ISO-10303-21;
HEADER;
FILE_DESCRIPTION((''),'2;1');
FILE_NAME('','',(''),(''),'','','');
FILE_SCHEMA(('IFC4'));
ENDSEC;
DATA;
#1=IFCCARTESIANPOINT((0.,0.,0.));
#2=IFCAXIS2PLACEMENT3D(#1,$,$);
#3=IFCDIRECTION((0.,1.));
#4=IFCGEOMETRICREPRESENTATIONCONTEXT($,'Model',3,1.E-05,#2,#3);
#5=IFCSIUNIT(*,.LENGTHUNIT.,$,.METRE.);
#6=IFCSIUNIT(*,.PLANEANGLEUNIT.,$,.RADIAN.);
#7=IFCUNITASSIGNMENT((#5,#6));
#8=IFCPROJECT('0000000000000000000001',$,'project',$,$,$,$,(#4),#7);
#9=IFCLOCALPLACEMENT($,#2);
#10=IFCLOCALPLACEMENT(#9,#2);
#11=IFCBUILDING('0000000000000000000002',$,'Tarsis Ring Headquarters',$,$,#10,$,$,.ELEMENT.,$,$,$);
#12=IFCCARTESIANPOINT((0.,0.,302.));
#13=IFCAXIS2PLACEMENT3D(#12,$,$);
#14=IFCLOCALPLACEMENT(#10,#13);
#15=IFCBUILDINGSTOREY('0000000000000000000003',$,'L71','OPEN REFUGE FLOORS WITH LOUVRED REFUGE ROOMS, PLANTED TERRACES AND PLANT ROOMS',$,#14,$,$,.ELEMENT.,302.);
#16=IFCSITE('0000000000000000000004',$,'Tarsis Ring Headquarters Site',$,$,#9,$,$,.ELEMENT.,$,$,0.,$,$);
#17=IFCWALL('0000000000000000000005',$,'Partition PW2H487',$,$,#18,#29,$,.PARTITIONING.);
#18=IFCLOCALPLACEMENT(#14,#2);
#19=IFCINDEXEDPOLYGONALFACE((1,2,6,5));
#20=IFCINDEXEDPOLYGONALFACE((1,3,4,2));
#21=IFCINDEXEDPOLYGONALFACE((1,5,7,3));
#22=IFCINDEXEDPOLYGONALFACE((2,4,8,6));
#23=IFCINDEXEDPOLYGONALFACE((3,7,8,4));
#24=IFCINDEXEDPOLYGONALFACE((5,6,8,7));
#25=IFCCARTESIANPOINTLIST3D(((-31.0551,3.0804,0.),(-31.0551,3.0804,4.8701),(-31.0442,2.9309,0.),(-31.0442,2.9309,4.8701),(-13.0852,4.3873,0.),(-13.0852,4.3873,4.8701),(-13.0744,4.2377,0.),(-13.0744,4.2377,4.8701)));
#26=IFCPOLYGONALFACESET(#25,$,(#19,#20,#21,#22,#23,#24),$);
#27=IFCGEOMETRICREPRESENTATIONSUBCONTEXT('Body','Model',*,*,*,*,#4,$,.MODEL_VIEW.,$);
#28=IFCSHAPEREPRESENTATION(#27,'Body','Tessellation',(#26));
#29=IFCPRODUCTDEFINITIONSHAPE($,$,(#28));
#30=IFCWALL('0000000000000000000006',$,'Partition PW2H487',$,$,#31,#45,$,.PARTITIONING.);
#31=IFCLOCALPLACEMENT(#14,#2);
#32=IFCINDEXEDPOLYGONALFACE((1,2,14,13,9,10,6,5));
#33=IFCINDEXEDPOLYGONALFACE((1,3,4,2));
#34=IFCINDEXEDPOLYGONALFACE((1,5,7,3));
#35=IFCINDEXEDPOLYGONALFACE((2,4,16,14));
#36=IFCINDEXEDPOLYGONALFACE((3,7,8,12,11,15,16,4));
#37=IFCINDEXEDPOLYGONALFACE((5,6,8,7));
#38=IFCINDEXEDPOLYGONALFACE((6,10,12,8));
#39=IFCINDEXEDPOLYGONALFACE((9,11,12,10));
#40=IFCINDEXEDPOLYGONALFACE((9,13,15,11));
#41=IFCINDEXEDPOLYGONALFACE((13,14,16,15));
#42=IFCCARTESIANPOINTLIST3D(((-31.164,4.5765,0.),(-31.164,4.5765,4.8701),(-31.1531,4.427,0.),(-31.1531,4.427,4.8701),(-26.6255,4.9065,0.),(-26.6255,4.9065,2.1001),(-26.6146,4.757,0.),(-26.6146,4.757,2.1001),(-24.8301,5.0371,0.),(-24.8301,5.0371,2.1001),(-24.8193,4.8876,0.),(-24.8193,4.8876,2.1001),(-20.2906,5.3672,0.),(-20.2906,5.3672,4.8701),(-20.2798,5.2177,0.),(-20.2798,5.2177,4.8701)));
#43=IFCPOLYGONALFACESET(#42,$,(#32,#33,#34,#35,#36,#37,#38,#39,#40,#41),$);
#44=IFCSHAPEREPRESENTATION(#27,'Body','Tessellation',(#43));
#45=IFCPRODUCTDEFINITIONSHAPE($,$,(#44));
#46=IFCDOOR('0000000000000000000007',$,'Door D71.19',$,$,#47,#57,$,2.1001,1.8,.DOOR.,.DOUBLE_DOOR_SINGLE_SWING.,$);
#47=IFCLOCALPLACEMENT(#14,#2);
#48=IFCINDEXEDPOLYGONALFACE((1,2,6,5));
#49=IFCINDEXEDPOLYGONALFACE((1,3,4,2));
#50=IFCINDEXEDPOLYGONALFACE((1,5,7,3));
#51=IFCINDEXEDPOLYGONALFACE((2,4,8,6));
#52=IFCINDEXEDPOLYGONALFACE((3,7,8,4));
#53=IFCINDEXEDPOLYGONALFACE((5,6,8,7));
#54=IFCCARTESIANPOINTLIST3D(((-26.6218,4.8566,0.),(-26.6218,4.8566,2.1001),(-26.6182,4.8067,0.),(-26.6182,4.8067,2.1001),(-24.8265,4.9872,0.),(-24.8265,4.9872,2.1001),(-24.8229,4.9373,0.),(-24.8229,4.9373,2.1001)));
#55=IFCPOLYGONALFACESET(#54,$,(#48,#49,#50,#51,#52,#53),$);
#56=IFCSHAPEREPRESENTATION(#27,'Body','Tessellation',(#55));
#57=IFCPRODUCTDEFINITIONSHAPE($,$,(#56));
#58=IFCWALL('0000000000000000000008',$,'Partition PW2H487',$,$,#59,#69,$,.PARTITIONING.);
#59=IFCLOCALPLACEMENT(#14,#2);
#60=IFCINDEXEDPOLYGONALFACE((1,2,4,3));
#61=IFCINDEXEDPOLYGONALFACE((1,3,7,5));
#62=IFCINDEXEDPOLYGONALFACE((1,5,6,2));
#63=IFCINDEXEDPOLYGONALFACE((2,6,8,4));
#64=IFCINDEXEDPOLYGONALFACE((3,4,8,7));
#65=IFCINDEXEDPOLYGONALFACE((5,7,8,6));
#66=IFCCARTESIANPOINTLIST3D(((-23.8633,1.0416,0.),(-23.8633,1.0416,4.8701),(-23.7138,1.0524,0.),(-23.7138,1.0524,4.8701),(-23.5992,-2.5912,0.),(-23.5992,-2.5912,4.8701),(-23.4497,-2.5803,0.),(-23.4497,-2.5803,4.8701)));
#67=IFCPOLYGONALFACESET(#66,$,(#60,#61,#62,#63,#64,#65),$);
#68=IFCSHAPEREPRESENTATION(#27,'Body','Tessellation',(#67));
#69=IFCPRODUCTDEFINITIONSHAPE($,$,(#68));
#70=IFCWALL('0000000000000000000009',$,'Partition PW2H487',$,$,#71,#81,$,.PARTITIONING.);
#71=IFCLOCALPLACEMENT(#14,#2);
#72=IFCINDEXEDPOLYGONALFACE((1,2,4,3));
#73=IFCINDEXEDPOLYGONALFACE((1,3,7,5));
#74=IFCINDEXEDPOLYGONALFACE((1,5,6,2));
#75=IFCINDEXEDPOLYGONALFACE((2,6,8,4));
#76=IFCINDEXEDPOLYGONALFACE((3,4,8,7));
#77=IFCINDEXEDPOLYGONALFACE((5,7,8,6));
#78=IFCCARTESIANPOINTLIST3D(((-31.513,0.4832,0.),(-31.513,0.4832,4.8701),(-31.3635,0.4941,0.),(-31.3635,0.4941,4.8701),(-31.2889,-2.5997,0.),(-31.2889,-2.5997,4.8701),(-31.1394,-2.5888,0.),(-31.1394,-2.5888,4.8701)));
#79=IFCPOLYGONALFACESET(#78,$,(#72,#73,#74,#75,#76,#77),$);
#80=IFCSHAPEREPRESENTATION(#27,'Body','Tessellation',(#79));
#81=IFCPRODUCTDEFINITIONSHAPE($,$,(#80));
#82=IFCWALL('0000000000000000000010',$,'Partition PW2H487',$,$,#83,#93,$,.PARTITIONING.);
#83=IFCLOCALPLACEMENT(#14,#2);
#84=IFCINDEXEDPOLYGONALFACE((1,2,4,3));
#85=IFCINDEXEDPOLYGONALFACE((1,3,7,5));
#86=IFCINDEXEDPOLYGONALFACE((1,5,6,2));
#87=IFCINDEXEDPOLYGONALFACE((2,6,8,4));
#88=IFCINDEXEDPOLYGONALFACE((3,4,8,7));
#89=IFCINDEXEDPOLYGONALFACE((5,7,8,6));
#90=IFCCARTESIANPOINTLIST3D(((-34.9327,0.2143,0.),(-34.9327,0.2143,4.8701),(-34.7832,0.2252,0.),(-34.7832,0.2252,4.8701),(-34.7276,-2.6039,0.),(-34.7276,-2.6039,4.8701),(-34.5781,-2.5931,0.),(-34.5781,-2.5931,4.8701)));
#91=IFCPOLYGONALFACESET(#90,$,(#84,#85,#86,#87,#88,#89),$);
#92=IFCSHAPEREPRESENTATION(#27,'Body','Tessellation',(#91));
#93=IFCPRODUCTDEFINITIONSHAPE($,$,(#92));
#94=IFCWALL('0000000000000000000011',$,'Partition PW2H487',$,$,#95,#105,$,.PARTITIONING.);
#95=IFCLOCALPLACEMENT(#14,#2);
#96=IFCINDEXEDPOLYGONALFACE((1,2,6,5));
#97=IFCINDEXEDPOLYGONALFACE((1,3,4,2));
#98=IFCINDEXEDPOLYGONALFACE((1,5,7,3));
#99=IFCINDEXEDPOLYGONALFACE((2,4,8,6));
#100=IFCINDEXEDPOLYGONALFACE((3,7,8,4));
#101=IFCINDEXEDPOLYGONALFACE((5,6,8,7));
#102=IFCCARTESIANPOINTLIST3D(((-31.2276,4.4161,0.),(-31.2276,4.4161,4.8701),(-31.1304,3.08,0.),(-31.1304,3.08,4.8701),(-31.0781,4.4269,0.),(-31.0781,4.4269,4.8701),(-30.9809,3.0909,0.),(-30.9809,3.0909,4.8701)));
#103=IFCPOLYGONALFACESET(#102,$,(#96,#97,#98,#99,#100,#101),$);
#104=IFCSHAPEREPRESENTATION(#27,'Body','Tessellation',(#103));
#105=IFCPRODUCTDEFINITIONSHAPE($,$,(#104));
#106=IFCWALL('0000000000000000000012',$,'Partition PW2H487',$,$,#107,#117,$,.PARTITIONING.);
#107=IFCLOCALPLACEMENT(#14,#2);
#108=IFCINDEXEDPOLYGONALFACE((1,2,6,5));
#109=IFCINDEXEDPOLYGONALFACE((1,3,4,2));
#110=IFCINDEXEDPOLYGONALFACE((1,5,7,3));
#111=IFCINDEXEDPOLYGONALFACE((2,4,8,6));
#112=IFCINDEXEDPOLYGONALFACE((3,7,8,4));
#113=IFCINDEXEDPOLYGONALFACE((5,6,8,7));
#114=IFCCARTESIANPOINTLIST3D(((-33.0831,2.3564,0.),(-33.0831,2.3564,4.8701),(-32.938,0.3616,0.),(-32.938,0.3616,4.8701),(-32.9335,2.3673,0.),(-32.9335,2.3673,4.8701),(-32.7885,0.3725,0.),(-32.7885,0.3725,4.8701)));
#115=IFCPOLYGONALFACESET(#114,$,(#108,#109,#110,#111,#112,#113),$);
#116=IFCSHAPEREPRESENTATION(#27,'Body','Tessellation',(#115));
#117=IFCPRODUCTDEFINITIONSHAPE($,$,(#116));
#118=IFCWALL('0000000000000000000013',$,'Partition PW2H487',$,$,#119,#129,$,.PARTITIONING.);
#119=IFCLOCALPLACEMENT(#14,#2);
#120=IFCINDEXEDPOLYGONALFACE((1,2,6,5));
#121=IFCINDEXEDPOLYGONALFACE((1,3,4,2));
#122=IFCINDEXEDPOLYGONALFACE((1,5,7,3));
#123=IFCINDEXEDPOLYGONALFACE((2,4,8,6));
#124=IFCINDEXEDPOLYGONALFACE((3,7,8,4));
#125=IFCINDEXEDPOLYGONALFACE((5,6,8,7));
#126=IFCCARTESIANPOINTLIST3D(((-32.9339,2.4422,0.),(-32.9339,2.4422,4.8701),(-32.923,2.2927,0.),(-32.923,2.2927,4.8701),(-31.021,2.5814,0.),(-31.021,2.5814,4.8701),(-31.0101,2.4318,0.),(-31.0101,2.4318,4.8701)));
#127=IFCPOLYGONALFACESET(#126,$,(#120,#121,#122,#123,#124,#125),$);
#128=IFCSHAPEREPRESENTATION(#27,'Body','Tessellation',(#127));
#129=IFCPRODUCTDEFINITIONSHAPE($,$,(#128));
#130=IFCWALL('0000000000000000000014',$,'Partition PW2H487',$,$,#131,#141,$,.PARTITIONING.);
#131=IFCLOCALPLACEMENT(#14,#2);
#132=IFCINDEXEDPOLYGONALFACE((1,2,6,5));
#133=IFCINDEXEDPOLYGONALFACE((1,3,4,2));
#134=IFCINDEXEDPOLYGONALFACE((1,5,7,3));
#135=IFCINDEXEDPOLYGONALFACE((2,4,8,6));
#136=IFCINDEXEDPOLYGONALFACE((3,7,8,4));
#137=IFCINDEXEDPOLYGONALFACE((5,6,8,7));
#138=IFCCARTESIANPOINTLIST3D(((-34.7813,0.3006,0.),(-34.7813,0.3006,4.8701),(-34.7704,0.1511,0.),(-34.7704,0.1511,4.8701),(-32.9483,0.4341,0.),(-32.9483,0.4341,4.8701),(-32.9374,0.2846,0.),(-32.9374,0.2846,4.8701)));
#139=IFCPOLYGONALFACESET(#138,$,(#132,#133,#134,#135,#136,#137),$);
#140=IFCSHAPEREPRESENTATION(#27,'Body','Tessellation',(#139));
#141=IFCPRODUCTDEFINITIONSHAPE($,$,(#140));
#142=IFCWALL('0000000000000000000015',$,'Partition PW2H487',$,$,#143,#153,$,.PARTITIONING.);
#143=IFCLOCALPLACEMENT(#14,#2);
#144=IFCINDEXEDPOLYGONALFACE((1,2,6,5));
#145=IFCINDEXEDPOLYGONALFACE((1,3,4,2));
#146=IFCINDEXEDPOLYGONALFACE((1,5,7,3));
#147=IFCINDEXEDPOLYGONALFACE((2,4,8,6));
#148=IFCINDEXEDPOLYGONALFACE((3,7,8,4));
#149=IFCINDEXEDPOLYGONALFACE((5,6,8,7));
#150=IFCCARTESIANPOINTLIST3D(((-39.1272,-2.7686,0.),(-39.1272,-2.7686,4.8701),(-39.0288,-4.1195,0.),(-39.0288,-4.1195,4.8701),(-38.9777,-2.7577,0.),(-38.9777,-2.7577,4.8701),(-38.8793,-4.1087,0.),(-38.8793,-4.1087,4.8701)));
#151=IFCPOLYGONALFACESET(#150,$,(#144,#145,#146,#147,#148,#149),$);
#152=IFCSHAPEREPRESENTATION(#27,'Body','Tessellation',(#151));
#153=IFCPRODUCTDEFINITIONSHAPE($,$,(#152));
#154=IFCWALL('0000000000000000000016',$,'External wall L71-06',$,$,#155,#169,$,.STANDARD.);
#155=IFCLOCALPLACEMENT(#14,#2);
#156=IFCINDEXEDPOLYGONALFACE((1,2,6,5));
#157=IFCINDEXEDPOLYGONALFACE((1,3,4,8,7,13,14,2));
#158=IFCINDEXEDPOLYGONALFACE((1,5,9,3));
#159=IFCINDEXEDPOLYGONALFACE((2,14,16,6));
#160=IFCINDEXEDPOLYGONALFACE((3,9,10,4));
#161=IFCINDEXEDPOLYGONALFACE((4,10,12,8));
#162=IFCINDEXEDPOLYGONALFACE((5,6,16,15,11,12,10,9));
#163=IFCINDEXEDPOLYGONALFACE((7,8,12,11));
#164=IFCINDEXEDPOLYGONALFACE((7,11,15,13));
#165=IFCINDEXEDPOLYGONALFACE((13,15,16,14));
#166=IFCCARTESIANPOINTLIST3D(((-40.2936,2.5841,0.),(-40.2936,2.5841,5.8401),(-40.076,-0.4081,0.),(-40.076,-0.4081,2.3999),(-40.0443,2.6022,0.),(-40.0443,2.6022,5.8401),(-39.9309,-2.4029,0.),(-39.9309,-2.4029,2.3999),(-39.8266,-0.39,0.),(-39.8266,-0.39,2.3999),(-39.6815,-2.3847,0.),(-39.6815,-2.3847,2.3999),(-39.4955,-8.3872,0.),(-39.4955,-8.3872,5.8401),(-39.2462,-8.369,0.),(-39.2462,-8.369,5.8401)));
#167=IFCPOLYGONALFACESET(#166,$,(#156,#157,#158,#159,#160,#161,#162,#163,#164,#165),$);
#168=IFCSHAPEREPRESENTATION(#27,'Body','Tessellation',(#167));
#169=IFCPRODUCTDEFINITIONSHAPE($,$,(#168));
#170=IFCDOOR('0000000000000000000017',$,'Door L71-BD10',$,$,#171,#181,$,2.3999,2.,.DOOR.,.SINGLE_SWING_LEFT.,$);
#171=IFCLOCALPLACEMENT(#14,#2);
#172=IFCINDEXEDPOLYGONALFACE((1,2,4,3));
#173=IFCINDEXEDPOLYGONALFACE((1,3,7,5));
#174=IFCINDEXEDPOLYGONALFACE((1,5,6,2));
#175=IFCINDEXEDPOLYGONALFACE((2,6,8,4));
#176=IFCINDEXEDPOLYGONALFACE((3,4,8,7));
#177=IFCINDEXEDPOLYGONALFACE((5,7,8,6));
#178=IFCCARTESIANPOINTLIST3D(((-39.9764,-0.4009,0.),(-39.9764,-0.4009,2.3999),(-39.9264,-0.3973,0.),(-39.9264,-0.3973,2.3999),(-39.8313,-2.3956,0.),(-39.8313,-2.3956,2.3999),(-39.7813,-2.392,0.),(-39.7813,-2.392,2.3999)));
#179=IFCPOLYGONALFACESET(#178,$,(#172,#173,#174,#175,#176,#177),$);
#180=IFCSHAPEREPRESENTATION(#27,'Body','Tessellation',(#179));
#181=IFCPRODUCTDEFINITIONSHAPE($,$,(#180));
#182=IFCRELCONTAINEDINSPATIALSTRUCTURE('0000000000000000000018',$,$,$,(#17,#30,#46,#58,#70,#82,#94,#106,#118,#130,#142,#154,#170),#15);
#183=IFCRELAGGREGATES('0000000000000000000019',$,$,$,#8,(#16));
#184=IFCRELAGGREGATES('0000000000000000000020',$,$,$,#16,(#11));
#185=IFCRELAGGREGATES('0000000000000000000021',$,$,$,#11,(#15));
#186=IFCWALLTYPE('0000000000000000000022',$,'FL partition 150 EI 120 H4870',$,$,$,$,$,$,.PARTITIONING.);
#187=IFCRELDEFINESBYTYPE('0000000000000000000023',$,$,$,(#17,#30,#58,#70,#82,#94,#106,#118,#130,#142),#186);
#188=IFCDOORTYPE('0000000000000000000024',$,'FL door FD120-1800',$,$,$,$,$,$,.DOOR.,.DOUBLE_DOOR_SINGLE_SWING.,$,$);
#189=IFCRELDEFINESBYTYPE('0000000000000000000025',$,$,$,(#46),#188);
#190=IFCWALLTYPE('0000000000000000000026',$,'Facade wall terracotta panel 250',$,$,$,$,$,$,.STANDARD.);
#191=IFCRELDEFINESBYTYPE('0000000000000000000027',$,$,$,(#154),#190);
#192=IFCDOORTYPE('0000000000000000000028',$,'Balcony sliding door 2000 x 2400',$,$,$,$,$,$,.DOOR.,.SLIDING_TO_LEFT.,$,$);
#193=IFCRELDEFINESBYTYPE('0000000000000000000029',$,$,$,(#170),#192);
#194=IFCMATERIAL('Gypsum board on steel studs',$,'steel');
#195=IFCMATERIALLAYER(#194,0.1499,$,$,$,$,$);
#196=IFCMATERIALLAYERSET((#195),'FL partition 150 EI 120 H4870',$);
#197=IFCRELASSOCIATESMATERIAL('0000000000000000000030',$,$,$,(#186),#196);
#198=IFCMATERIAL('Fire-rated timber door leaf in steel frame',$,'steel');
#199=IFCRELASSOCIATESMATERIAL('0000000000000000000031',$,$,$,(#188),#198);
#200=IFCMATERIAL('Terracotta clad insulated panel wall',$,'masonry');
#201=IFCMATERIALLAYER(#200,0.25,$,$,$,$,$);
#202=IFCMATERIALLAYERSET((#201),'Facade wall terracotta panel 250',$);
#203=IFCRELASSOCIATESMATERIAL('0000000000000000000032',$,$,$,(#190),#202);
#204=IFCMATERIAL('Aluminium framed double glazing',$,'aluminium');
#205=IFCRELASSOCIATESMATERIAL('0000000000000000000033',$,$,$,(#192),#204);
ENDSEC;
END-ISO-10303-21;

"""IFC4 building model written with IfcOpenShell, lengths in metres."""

from ifc_helpers import new_model, si_unit, direction, frame, frame_2d, origin, place, context, subcontext, project, spatial, rectangle, extrude, material, layer, layer_set, type_object, element, fill, save


model = new_model("IFC4")

# Units and contexts
model_context = context("Model", 3, precision=1e-05, world=origin(), true_north=direction((0.0, 1.0)))
body_context = subcontext(model_context, "Body", "Model", "MODEL_VIEW")
ifc_project = project(units=[si_unit("LENGTHUNIT", "METRE"), si_unit("PLANEANGLEUNIT", "RADIAN")], contexts=[model_context])

# Site, building, storey
site_placement = place(None, origin())
site = spatial("IfcSite", under=ifc_project, at=site_placement, Name="Tarsis Ring Headquarters Site", CompositionType="ELEMENT", RefElevation=0.0)
building_placement = place(site_placement, origin())
building = spatial("IfcBuilding", under=site, at=building_placement, Name="Tarsis Ring Headquarters", CompositionType="ELEMENT")
storey_placement = place(building_placement, frame((0.0, 0.0, 302.0)))
storey = spatial("IfcBuildingStorey", under=building, at=storey_placement, Name="L71", Description="OPEN REFUGE FLOORS WITH LOUVRED REFUGE ROOMS, PLANTED TERRACES AND PLANT ROOMS", CompositionType="ELEMENT", Elevation=302.0)

# Wall
ifc_material_1 = material(Name="Gypsum board on steel studs", Category="steel")
ifc_layer_1 = layer(ifc_material_1, 0.1499)
ifc_layer_set_1 = layer_set([ifc_layer_1], Name="FL partition 150 EI 120 H4870")
wall_type_1 = type_object("IfcWallType", Name="FL partition 150 EI 120 H4870", PredefinedType="PARTITIONING", material=ifc_layer_set_1)
wall_1_placement = place(storey_placement, frame((-31.0498, 3.0056, 0.0), z_axis=(0.0, 0.0, 1.0), x_axis=(0.997366, 0.072534, 0.0)))
element("IfcWall", 1, at=wall_1_placement, inside=storey, type_object=wall_type_1, Name="Partition PW2H487", PredefinedType="PARTITIONING", context=body_context, shape_type="SweptSolid", body=[
    extrude(rectangle(XDim=18.0173, YDim=0.1499, at=frame_2d((9.0088, 0.0))), origin(), (0.0, 0.0, 1.0), 4.8701),
])

# Wall, opening, door
wall_2_placement = place(storey_placement, frame((-31.1587, 4.5017, 0.0), z_axis=(0.0, 0.0, 1.0), x_axis=(0.997366, 0.072534, 0.0)))
wall_2 = element("IfcWall", 2, at=wall_2_placement, inside=storey, type_object=wall_type_1, Name="Partition PW2H487", PredefinedType="PARTITIONING", context=body_context, shape_type="SweptSolid", body=[
    extrude(rectangle(XDim=10.9021, YDim=0.1499, at=frame_2d((5.4512, 0.0))), origin(), (0.0, 0.0, 1.0), 4.8701),
])
opening_1_placement = place(wall_2_placement, frame((4.5508, 0.0, 0.0)))
opening_1 = element("IfcOpeningElement", 3, at=opening_1_placement, cuts=wall_2, PredefinedType="OPENING", context=body_context, shape_type="SweptSolid", body=[
    extrude(rectangle(XDim=1.8, YDim=2.1001, at=frame_2d((0.8999, 1.05))), frame((0.0, 0.085, 0.0), z_axis=(0.0, -1.0, 0.0), x_axis=(1.0, 0.0, 0.0)), (0.0, 0.0, 1.0), 0.1699),
])
ifc_material_2 = material(Name="Fire-rated timber door leaf in steel frame", Category="steel")
door_type_1 = type_object("IfcDoorType", Name="FL door FD120-1800", OperationType="DOUBLE_DOOR_SINGLE_SWING", PredefinedType="DOOR", material=ifc_material_2)
door_1_placement = place(opening_1_placement, origin())
door_1 = element("IfcDoor", 4, at=door_1_placement, inside=storey, type_object=door_type_1, Name="Door D71.19", OperationType="DOUBLE_DOOR_SINGLE_SWING", OverallHeight=2.1001, OverallWidth=1.8, PredefinedType="DOOR", context=body_context, shape_type="SweptSolid", body=[
    extrude(rectangle(XDim=1.8, YDim=2.1001, at=frame_2d((0.8999, 1.05))), frame((0.0, 0.0249, 0.0), z_axis=(0.0, -1.0, 0.0), x_axis=(1.0, 0.0, 0.0)), (0.0, 0.0, 1.0), 0.05),
])
fill(opening_1, door_1)

# Walls
wall_3_placement = place(storey_placement, frame((-23.7886, 1.0471, 0.0), z_axis=(0.0, 0.0, 1.0), x_axis=(0.072524, -0.997367, 0.0)))
element("IfcWall", 5, at=wall_3_placement, inside=storey, type_object=wall_type_1, Name="Partition PW2H487", PredefinedType="PARTITIONING", context=body_context, shape_type="SweptSolid", body=[
    extrude(rectangle(XDim=3.6423, YDim=0.1499, at=frame_2d((1.8213, 0.0))), origin(), (0.0, 0.0, 1.0), 4.8701),
])
wall_4_placement = place(storey_placement, frame((-31.4382, 0.4885, 0.0), z_axis=(0.0, 0.0, 1.0), x_axis=(0.072504, -0.997368, 0.0)))
element("IfcWall", 6, at=wall_4_placement, inside=storey, type_object=wall_type_1, Name="Partition PW2H487", PredefinedType="PARTITIONING", context=body_context, shape_type="SweptSolid", body=[
    extrude(rectangle(XDim=3.0911, YDim=0.1499, at=frame_2d((1.5454, 0.0))), origin(), (0.0, 0.0, 1.0), 4.8701),
])
wall_5_placement = place(storey_placement, frame((-34.8579, 0.2197, 0.0), z_axis=(0.0, 0.0, 1.0), x_axis=(0.072579, -0.997363, 0.0)))
element("IfcWall", 7, at=wall_5_placement, inside=storey, type_object=wall_type_1, Name="Partition PW2H487", PredefinedType="PARTITIONING", context=body_context, shape_type="SweptSolid", body=[
    extrude(rectangle(XDim=2.8257, YDim=0.1499, at=frame_2d((1.4128, 0.0))), origin(), (0.0, 0.0, 1.0), 4.8701),
])
wall_6_placement = place(storey_placement, frame((-31.1528, 4.4216, 0.0), z_axis=(0.0, 0.0, 1.0), x_axis=(0.072529, -0.997366, 0.0)))
element("IfcWall", 8, at=wall_6_placement, inside=storey, type_object=wall_type_1, Name="Partition PW2H487", PredefinedType="PARTITIONING", context=body_context, shape_type="SweptSolid", body=[
    extrude(rectangle(XDim=1.3396, YDim=0.1499, at=frame_2d((0.6699, 0.0))), origin(), (0.0, 0.0, 1.0), 4.8701),
])
wall_7_placement = place(storey_placement, frame((-33.0083, 2.3618, 0.0), z_axis=(0.0, 0.0, 1.0), x_axis=(0.072514, -0.997367, 0.0)))
element("IfcWall", 9, at=wall_7_placement, inside=storey, type_object=wall_type_1, Name="Partition PW2H487", PredefinedType="PARTITIONING", context=body_context, shape_type="SweptSolid", body=[
    extrude(rectangle(XDim=2.0, YDim=0.1499, at=frame_2d((1.0, 0.0))), origin(), (0.0, 0.0, 1.0), 4.8701),
])
wall_8_placement = place(storey_placement, frame((-32.9285, 2.3674, 0.0), z_axis=(0.0, 0.0, 1.0), x_axis=(0.997364, 0.072559, 0.0)))
element("IfcWall", 10, at=wall_8_placement, inside=storey, type_object=wall_type_1, Name="Partition PW2H487", PredefinedType="PARTITIONING", context=body_context, shape_type="SweptSolid", body=[
    extrude(rectangle(XDim=1.918, YDim=0.1499, at=frame_2d((0.959, 0.0))), origin(), (0.0, 0.0, 1.0), 4.8701),
])
wall_9_placement = place(storey_placement, frame((-34.7759, 0.2258, 0.0), z_axis=(0.0, 0.0, 1.0), x_axis=(0.997357, 0.072663, 0.0)))
element("IfcWall", 11, at=wall_9_placement, inside=storey, type_object=wall_type_1, Name="Partition PW2H487", PredefinedType="PARTITIONING", context=body_context, shape_type="SweptSolid", body=[
    extrude(rectangle(XDim=1.8379, YDim=0.1499, at=frame_2d((0.9189, 0.0))), origin(), (0.0, 0.0, 1.0), 4.8701),
])
wall_10_placement = place(storey_placement, frame((-39.0525, -2.7632, 0.0), z_axis=(0.0, 0.0, 1.0), x_axis=(0.072643, -0.997358, 0.0)))
element("IfcWall", 12, at=wall_10_placement, inside=storey, type_object=wall_type_1, Name="Partition PW2H487", PredefinedType="PARTITIONING", context=body_context, shape_type="SweptSolid", body=[
    extrude(rectangle(XDim=1.3545, YDim=0.1499, at=frame_2d((0.6772, 0.0))), origin(), (0.0, 0.0, 1.0), 4.8701),
])

# Wall, opening, door
ifc_material_3 = material(Name="Terracotta clad insulated panel wall", Category="masonry")
ifc_layer_2 = layer(ifc_material_3, 0.25)
ifc_layer_set_2 = layer_set([ifc_layer_2], Name="Facade wall terracotta panel 250")
wall_type_2 = type_object("IfcWallType", Name="Facade wall terracotta panel 250", PredefinedType="STANDARD", material=ifc_layer_set_2)
wall_11_placement = place(storey_placement, frame((-40.1689, 2.593, 0.0), z_axis=(0.0, 0.0, 1.0), x_axis=(0.072553, -0.997365, 0.0)))
wall_11 = element("IfcWall", 13, at=wall_11_placement, inside=storey, type_object=wall_type_2, Name="External wall L71-06", PredefinedType="STANDARD", context=body_context, shape_type="SweptSolid", body=[
    extrude(rectangle(XDim=11.0002, YDim=0.25, at=frame_2d((5.5, 0.0))), origin(), (0.0, 0.0, 1.0), 5.8401),
])
opening_2_placement = place(wall_11_placement, frame((3.0, 0.0, 0.0)))
opening_2 = element("IfcOpeningElement", 14, at=opening_2_placement, cuts=wall_11, PredefinedType="OPENING", context=body_context, shape_type="SweptSolid", body=[
    extrude(rectangle(XDim=2.0, YDim=2.3999, at=frame_2d((1.0, 1.2))), frame((0.0, 0.135, 0.0), z_axis=(0.0, -1.0, 0.0), x_axis=(1.0, 0.0, 0.0)), (0.0, 0.0, 1.0), 0.27),
])
ifc_material_4 = material(Name="Aluminium framed double glazing", Category="aluminium")
door_type_2 = type_object("IfcDoorType", Name="Balcony sliding door 2000 x 2400", OperationType="SLIDING_TO_LEFT", PredefinedType="DOOR", material=ifc_material_4)
door_2_placement = place(opening_2_placement, origin())
door_2 = element("IfcDoor", 15, at=door_2_placement, inside=storey, type_object=door_type_2, Name="Door L71-BD10", OperationType="SINGLE_SWING_LEFT", OverallHeight=2.3999, OverallWidth=2.0, PredefinedType="DOOR", context=body_context, shape_type="SweptSolid", body=[
    extrude(rectangle(XDim=2.0, YDim=2.3999, at=frame_2d((1.0, 1.2))), frame((0.0, 0.0249, 0.0), z_axis=(0.0, -1.0, 0.0), x_axis=(1.0, 0.0, 0.0)), (0.0, 0.0, 1.0), 0.05),
])
fill(opening_2, door_2)

save(model, "model.ifc")
